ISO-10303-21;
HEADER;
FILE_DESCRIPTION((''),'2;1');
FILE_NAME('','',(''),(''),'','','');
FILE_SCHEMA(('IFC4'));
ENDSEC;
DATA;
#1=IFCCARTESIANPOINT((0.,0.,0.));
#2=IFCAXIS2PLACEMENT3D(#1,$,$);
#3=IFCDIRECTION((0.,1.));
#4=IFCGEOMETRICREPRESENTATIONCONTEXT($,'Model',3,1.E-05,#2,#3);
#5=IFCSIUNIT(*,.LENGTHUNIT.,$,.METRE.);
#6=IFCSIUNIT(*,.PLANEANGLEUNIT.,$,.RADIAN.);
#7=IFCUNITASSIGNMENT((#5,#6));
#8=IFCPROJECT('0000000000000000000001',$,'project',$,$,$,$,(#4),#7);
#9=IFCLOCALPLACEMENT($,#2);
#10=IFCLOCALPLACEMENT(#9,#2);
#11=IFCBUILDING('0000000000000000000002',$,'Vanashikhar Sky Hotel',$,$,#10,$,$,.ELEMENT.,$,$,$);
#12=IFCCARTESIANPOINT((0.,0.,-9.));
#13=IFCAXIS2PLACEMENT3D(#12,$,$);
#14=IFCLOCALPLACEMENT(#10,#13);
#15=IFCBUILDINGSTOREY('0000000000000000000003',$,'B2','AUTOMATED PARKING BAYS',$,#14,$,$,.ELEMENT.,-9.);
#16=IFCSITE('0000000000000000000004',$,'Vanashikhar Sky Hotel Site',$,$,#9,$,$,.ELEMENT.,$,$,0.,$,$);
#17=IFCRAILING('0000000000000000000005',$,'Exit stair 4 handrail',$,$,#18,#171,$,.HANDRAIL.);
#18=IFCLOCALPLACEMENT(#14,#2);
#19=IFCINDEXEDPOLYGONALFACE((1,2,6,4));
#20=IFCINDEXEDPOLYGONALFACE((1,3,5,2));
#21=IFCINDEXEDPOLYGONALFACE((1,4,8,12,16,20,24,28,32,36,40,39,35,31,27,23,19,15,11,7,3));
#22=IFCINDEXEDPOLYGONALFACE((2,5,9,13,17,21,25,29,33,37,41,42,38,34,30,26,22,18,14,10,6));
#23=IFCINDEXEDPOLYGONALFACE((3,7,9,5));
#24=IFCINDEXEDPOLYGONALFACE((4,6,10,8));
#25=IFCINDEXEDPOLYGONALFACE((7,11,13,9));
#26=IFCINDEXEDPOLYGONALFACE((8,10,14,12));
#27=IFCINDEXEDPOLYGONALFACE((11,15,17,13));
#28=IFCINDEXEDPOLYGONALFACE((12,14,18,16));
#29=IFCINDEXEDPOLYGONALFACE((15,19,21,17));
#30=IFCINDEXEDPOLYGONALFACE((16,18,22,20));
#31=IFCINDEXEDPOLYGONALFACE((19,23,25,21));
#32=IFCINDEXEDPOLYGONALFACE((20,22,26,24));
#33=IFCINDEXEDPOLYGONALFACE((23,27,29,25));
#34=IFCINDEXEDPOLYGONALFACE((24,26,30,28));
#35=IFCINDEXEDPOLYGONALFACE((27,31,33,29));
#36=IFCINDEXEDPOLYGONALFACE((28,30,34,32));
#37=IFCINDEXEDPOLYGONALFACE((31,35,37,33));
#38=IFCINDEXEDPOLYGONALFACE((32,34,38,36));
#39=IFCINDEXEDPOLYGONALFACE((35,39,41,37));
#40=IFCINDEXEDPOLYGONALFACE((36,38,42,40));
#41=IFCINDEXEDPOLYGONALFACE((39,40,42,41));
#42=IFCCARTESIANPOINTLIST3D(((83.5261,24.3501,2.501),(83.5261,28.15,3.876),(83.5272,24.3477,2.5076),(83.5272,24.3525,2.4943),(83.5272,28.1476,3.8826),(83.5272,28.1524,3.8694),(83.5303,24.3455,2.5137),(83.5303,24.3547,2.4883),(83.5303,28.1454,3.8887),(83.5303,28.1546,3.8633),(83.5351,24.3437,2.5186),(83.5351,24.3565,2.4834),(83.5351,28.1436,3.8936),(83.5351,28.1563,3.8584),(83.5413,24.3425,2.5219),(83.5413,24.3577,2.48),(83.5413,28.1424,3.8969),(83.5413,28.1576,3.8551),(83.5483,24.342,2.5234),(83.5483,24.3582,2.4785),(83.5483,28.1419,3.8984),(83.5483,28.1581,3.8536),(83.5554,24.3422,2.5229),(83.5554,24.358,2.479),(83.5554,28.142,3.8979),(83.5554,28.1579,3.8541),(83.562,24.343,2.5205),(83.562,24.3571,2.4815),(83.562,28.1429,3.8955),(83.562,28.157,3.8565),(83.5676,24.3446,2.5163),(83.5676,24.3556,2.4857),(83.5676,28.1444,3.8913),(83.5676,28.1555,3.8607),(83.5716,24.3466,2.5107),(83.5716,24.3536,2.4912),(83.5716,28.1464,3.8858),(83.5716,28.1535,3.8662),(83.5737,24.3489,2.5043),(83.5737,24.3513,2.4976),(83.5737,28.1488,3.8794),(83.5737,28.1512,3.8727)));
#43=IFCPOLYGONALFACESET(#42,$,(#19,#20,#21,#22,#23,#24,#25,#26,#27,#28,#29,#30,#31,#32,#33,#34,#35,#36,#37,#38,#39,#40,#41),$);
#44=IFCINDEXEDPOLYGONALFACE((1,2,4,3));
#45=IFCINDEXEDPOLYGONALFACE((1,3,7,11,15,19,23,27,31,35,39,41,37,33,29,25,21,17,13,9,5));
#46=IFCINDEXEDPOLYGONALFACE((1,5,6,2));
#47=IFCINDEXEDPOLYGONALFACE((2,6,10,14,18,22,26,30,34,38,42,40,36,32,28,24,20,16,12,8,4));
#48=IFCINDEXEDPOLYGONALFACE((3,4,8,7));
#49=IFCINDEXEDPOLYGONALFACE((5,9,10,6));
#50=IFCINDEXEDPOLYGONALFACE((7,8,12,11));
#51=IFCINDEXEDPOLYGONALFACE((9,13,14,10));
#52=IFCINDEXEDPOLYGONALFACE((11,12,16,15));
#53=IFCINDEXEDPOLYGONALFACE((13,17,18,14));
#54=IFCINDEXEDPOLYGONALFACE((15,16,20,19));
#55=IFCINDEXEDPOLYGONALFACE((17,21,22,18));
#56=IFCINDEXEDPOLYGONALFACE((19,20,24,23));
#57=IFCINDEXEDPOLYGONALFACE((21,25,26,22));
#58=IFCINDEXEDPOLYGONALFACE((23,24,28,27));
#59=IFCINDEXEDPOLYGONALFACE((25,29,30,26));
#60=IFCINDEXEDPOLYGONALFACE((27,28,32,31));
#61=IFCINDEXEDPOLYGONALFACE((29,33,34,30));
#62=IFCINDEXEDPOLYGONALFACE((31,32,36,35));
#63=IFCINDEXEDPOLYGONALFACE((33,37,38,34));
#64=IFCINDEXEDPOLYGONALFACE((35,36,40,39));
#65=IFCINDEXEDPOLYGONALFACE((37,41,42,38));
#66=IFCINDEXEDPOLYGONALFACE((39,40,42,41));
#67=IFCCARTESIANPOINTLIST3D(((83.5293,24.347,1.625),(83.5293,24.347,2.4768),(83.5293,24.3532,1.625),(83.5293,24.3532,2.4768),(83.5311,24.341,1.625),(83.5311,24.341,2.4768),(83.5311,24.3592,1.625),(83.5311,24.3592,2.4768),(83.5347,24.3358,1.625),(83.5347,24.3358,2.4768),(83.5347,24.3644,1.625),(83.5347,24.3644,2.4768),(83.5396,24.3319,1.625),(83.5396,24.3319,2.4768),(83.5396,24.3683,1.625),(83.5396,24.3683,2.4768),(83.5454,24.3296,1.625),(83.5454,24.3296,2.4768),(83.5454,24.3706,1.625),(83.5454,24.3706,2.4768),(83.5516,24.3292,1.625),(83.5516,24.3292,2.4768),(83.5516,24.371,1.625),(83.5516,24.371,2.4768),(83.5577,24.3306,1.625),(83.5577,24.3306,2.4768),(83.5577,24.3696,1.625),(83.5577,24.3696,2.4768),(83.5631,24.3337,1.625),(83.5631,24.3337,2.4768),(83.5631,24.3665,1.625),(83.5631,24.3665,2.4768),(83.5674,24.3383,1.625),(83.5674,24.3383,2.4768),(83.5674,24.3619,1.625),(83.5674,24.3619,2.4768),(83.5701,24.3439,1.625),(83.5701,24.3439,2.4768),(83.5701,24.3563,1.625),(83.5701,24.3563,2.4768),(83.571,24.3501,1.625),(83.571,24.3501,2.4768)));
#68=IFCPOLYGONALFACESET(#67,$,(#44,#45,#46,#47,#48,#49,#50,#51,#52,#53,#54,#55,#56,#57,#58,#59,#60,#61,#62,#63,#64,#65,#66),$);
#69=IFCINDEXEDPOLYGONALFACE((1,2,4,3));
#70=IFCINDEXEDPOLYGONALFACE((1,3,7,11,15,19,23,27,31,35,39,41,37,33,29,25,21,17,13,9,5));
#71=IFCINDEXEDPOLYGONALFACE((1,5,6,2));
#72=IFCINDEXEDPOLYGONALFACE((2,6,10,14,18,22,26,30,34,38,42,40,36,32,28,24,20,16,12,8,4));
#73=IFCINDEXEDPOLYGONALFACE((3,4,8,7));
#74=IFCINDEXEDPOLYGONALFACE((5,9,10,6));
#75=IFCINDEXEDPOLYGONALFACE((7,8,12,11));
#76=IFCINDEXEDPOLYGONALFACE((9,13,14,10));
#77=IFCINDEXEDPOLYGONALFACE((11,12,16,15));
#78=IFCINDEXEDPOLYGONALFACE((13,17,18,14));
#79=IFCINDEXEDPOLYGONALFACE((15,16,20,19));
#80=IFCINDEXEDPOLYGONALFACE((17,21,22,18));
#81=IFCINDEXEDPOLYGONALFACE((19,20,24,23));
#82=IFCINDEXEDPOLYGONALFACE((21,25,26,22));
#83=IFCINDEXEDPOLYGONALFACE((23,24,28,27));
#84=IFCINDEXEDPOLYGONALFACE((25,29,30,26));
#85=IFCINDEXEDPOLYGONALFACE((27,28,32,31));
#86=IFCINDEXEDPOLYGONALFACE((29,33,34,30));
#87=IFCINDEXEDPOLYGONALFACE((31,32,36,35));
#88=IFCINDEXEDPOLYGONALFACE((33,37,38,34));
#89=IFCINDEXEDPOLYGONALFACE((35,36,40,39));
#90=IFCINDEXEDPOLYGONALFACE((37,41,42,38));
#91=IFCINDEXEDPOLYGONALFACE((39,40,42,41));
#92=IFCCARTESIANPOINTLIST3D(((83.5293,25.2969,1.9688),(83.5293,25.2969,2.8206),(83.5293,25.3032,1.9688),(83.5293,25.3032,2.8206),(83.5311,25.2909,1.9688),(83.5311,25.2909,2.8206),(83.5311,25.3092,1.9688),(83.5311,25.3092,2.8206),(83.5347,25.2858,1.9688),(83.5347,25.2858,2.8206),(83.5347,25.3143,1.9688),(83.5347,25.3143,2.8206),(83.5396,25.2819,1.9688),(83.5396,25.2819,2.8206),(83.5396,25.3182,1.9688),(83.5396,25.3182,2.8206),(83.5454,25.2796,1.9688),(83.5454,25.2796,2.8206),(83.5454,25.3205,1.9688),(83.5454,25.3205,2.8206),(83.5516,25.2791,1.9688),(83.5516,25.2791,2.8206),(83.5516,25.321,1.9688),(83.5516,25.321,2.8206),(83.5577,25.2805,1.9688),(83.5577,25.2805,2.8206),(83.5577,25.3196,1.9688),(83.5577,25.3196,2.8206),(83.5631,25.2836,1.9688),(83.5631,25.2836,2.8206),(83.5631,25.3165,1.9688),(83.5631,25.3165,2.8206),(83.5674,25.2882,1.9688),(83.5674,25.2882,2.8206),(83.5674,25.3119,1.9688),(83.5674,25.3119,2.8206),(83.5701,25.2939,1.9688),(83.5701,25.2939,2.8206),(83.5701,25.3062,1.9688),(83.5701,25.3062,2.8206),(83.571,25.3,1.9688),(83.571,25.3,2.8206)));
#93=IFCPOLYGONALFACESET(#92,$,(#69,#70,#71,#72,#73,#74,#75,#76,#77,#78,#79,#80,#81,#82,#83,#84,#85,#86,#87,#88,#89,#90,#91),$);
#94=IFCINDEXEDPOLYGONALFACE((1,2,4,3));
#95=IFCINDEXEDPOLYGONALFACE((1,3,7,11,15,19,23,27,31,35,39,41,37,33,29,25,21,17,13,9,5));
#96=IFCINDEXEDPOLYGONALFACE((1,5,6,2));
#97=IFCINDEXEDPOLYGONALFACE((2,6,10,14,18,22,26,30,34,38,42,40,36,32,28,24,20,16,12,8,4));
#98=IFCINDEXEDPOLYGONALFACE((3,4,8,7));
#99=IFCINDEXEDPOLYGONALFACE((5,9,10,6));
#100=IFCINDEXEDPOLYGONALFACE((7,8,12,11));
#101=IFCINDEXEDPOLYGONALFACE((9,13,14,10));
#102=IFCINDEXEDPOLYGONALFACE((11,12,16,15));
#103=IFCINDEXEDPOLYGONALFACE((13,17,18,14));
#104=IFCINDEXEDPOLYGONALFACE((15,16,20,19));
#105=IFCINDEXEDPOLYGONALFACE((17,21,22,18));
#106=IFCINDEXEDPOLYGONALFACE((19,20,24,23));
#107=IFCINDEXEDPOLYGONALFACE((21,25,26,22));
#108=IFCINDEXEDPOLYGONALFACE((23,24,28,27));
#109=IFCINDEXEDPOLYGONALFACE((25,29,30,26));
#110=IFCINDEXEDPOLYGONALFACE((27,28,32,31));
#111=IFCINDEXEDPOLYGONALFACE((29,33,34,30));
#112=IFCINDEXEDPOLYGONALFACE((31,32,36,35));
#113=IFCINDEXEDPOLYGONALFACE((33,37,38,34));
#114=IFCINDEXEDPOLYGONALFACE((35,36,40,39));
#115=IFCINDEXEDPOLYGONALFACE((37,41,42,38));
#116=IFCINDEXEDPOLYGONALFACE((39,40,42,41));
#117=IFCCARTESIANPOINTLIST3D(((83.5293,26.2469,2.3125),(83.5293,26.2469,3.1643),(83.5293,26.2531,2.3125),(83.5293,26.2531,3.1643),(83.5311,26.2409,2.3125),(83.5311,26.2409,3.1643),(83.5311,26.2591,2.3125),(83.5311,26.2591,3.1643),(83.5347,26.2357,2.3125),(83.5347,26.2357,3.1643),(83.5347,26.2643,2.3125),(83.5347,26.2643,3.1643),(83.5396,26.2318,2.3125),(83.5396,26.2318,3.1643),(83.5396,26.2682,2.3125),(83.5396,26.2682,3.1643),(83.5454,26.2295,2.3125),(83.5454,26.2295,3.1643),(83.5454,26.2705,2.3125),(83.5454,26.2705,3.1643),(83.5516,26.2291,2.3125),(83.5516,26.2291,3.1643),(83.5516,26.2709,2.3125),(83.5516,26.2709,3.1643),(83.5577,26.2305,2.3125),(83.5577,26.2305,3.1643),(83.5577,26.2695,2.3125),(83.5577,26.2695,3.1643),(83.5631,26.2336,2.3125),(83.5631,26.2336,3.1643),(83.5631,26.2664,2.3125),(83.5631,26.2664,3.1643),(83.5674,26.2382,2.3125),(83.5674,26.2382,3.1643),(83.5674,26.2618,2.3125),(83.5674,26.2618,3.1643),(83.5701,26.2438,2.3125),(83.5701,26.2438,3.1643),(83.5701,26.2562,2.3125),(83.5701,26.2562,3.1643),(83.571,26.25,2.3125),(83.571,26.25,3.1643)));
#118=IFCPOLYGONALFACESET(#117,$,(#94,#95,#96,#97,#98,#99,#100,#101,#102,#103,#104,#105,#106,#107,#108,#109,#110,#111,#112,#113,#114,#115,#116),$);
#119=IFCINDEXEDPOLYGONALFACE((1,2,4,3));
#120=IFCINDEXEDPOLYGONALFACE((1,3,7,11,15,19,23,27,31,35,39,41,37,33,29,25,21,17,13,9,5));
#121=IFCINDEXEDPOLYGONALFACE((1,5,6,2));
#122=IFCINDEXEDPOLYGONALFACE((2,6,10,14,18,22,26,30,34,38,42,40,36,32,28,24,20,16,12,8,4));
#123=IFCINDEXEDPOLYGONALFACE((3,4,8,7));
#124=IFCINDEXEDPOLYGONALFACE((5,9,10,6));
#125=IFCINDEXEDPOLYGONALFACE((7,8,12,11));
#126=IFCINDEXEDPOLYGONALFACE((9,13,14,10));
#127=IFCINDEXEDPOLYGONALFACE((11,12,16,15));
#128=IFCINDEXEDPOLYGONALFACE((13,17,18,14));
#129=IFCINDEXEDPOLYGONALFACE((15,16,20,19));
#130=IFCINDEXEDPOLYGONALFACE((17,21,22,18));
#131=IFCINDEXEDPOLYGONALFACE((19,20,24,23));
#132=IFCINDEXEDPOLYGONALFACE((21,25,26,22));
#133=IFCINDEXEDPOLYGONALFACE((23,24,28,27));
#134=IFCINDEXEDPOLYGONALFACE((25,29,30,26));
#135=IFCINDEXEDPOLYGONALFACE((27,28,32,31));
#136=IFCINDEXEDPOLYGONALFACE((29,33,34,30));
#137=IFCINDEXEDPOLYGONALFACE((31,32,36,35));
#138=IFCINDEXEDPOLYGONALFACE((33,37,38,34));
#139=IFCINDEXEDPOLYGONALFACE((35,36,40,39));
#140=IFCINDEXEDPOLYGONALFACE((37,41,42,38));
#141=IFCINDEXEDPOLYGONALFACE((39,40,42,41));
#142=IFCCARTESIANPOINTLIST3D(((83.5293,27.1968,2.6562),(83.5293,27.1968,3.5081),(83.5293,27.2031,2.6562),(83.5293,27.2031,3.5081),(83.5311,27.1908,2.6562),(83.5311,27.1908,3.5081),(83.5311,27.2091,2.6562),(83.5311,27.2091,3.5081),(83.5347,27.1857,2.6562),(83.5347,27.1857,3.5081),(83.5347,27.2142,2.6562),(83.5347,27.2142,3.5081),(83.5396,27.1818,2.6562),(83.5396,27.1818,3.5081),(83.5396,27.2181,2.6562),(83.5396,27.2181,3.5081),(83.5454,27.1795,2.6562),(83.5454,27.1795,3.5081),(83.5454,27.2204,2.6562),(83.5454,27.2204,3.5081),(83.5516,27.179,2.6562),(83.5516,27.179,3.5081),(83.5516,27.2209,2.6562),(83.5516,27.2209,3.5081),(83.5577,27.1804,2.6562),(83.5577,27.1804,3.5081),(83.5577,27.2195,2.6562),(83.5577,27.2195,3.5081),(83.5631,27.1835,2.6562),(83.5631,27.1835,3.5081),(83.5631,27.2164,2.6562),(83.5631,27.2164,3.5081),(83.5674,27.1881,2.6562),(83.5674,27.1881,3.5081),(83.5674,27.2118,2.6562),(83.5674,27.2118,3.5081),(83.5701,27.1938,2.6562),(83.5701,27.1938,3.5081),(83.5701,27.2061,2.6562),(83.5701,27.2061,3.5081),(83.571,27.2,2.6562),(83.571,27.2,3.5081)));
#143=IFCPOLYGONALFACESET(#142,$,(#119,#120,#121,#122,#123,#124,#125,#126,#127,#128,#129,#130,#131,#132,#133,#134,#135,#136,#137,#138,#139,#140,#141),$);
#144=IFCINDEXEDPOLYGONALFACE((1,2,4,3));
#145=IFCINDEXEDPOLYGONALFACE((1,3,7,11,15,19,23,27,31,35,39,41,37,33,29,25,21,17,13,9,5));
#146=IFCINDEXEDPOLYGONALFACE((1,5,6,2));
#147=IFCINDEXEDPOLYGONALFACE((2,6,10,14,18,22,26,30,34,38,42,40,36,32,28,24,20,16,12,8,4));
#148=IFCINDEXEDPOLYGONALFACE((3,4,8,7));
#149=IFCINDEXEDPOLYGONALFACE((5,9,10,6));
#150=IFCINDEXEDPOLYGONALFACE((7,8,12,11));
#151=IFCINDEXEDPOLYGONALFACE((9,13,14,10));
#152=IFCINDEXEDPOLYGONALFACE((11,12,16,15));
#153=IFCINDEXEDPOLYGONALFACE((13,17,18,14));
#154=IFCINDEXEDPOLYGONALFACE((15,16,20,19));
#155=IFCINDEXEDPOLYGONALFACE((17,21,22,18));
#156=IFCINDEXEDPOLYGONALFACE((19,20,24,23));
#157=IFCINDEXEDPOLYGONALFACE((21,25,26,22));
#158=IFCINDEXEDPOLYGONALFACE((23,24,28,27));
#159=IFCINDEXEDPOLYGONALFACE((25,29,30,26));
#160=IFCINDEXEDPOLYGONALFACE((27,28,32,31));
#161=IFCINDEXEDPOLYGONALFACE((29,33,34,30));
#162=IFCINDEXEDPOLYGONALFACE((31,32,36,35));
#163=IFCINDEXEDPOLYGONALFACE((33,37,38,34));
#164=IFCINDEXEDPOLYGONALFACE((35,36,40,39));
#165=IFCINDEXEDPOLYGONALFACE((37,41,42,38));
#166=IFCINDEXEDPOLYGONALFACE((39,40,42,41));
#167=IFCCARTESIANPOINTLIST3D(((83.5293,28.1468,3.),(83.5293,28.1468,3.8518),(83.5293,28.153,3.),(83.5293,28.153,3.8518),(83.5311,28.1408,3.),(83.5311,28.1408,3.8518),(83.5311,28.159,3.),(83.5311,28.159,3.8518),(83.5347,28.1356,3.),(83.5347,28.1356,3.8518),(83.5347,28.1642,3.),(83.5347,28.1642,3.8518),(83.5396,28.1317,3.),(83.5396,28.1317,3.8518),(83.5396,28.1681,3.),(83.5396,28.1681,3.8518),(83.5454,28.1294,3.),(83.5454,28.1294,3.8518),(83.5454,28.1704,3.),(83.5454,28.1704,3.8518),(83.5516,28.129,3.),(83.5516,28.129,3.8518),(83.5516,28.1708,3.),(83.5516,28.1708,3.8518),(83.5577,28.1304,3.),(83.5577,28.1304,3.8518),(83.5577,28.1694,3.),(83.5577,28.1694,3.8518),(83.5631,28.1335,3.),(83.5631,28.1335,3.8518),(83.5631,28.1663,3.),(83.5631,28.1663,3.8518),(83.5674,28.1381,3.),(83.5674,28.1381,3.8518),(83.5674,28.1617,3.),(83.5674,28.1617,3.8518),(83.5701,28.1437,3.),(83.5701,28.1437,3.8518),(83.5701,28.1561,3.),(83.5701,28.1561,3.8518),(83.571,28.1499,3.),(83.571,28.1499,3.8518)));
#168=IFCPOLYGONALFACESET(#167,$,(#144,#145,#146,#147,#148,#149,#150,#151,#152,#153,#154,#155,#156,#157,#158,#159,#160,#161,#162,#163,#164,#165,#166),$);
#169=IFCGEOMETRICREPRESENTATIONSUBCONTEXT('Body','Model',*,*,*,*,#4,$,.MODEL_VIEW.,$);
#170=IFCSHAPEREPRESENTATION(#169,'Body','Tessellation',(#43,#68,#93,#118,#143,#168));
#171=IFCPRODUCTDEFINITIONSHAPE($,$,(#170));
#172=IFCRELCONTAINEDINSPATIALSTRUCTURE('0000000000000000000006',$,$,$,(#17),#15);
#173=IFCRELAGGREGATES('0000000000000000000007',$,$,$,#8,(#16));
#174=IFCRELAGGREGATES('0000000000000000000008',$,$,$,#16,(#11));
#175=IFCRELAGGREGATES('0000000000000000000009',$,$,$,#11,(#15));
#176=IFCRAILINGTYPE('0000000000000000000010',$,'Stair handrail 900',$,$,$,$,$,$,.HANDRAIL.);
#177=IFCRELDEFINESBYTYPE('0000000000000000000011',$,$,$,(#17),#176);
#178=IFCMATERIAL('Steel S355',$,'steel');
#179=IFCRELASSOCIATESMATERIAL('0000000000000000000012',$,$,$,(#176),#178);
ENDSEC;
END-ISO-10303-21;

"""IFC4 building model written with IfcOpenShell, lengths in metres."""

from ifc_helpers import new_model, si_unit, direction, frame, origin, origin_2d, place, context, subcontext, project, spatial, circle, extrude, source, transform, mapped, material, type_object, element, save


model = new_model("IFC4")

# Units and contexts
model_context = context("Model", 3, precision=1e-05, world=origin(), true_north=direction((0.0, 1.0)))
body_context = subcontext(model_context, "Body", "Model", "MODEL_VIEW")
ifc_project = project(units=[si_unit("LENGTHUNIT", "METRE"), si_unit("PLANEANGLEUNIT", "RADIAN")], contexts=[model_context])

# Site, building, storey
site_placement = place(None, origin())
site = spatial("IfcSite", under=ifc_project, at=site_placement, Name="Vanashikhar Sky Hotel Site", CompositionType="ELEMENT", RefElevation=0.0)
building_placement = place(site_placement, origin())
building = spatial("IfcBuilding", under=site, at=building_placement, Name="Vanashikhar Sky Hotel", CompositionType="ELEMENT")
storey_placement = place(building_placement, frame((0.0, 0.0, -9.0)))
storey = spatial("IfcBuildingStorey", under=building, at=storey_placement, Name="B2", Description="AUTOMATED PARKING BAYS", CompositionType="ELEMENT", Elevation=-9.0)

# Railing
ifc_material_1 = material(Name="Steel S355", Category="steel")
railing_type_1 = type_object("IfcRailingType", Name="Stair handrail 900", PredefinedType="HANDRAIL", material=ifc_material_1)
shared_shape_1 = source(origin(), body_context, "Body", "SweptSolid", [
    extrude(circle(Radius=0.0239, at=origin_2d()), frame((0.0, 0.0, 0.876), z_axis=(0.0, 0.940329, 0.340268), x_axis=(-1.0, 0.0, 0.0)), (0.0, 0.0, 1.0), 4.041),
    extrude(circle(Radius=0.021, at=origin_2d()), origin(), (0.0, 0.0, 1.0), 0.8518),
    extrude(circle(Radius=0.021, at=origin_2d()), frame((0.0, 0.95, 0.3438)), (0.0, 0.0, 1.0), 0.8518),
    extrude(circle(Radius=0.021, at=origin_2d()), frame((0.0, 1.8999, 0.6875)), (0.0, 0.0, 1.0), 0.8518),
    extrude(circle(Radius=0.021, at=origin_2d()), frame((0.0, 2.8499, 1.0312)), (0.0, 0.0, 1.0), 0.8518),
    extrude(circle(Radius=0.021, at=origin_2d()), frame((0.0, 3.7998, 1.375)), (0.0, 0.0, 1.0), 0.8518),
])
railing_1_placement = place(storey_placement, frame((83.55, 24.3501, 1.625)))
element("IfcRailing", 1, at=railing_1_placement, inside=storey, type_object=railing_type_1, Name="Exit stair 4 handrail", PredefinedType="HANDRAIL", context=body_context, shape_type="MappedRepresentation", body=[
    mapped(shared_shape_1, transform((0.0, 0.0, 0.0), scale=1.0)),
])

save(model, "model.ifc")
